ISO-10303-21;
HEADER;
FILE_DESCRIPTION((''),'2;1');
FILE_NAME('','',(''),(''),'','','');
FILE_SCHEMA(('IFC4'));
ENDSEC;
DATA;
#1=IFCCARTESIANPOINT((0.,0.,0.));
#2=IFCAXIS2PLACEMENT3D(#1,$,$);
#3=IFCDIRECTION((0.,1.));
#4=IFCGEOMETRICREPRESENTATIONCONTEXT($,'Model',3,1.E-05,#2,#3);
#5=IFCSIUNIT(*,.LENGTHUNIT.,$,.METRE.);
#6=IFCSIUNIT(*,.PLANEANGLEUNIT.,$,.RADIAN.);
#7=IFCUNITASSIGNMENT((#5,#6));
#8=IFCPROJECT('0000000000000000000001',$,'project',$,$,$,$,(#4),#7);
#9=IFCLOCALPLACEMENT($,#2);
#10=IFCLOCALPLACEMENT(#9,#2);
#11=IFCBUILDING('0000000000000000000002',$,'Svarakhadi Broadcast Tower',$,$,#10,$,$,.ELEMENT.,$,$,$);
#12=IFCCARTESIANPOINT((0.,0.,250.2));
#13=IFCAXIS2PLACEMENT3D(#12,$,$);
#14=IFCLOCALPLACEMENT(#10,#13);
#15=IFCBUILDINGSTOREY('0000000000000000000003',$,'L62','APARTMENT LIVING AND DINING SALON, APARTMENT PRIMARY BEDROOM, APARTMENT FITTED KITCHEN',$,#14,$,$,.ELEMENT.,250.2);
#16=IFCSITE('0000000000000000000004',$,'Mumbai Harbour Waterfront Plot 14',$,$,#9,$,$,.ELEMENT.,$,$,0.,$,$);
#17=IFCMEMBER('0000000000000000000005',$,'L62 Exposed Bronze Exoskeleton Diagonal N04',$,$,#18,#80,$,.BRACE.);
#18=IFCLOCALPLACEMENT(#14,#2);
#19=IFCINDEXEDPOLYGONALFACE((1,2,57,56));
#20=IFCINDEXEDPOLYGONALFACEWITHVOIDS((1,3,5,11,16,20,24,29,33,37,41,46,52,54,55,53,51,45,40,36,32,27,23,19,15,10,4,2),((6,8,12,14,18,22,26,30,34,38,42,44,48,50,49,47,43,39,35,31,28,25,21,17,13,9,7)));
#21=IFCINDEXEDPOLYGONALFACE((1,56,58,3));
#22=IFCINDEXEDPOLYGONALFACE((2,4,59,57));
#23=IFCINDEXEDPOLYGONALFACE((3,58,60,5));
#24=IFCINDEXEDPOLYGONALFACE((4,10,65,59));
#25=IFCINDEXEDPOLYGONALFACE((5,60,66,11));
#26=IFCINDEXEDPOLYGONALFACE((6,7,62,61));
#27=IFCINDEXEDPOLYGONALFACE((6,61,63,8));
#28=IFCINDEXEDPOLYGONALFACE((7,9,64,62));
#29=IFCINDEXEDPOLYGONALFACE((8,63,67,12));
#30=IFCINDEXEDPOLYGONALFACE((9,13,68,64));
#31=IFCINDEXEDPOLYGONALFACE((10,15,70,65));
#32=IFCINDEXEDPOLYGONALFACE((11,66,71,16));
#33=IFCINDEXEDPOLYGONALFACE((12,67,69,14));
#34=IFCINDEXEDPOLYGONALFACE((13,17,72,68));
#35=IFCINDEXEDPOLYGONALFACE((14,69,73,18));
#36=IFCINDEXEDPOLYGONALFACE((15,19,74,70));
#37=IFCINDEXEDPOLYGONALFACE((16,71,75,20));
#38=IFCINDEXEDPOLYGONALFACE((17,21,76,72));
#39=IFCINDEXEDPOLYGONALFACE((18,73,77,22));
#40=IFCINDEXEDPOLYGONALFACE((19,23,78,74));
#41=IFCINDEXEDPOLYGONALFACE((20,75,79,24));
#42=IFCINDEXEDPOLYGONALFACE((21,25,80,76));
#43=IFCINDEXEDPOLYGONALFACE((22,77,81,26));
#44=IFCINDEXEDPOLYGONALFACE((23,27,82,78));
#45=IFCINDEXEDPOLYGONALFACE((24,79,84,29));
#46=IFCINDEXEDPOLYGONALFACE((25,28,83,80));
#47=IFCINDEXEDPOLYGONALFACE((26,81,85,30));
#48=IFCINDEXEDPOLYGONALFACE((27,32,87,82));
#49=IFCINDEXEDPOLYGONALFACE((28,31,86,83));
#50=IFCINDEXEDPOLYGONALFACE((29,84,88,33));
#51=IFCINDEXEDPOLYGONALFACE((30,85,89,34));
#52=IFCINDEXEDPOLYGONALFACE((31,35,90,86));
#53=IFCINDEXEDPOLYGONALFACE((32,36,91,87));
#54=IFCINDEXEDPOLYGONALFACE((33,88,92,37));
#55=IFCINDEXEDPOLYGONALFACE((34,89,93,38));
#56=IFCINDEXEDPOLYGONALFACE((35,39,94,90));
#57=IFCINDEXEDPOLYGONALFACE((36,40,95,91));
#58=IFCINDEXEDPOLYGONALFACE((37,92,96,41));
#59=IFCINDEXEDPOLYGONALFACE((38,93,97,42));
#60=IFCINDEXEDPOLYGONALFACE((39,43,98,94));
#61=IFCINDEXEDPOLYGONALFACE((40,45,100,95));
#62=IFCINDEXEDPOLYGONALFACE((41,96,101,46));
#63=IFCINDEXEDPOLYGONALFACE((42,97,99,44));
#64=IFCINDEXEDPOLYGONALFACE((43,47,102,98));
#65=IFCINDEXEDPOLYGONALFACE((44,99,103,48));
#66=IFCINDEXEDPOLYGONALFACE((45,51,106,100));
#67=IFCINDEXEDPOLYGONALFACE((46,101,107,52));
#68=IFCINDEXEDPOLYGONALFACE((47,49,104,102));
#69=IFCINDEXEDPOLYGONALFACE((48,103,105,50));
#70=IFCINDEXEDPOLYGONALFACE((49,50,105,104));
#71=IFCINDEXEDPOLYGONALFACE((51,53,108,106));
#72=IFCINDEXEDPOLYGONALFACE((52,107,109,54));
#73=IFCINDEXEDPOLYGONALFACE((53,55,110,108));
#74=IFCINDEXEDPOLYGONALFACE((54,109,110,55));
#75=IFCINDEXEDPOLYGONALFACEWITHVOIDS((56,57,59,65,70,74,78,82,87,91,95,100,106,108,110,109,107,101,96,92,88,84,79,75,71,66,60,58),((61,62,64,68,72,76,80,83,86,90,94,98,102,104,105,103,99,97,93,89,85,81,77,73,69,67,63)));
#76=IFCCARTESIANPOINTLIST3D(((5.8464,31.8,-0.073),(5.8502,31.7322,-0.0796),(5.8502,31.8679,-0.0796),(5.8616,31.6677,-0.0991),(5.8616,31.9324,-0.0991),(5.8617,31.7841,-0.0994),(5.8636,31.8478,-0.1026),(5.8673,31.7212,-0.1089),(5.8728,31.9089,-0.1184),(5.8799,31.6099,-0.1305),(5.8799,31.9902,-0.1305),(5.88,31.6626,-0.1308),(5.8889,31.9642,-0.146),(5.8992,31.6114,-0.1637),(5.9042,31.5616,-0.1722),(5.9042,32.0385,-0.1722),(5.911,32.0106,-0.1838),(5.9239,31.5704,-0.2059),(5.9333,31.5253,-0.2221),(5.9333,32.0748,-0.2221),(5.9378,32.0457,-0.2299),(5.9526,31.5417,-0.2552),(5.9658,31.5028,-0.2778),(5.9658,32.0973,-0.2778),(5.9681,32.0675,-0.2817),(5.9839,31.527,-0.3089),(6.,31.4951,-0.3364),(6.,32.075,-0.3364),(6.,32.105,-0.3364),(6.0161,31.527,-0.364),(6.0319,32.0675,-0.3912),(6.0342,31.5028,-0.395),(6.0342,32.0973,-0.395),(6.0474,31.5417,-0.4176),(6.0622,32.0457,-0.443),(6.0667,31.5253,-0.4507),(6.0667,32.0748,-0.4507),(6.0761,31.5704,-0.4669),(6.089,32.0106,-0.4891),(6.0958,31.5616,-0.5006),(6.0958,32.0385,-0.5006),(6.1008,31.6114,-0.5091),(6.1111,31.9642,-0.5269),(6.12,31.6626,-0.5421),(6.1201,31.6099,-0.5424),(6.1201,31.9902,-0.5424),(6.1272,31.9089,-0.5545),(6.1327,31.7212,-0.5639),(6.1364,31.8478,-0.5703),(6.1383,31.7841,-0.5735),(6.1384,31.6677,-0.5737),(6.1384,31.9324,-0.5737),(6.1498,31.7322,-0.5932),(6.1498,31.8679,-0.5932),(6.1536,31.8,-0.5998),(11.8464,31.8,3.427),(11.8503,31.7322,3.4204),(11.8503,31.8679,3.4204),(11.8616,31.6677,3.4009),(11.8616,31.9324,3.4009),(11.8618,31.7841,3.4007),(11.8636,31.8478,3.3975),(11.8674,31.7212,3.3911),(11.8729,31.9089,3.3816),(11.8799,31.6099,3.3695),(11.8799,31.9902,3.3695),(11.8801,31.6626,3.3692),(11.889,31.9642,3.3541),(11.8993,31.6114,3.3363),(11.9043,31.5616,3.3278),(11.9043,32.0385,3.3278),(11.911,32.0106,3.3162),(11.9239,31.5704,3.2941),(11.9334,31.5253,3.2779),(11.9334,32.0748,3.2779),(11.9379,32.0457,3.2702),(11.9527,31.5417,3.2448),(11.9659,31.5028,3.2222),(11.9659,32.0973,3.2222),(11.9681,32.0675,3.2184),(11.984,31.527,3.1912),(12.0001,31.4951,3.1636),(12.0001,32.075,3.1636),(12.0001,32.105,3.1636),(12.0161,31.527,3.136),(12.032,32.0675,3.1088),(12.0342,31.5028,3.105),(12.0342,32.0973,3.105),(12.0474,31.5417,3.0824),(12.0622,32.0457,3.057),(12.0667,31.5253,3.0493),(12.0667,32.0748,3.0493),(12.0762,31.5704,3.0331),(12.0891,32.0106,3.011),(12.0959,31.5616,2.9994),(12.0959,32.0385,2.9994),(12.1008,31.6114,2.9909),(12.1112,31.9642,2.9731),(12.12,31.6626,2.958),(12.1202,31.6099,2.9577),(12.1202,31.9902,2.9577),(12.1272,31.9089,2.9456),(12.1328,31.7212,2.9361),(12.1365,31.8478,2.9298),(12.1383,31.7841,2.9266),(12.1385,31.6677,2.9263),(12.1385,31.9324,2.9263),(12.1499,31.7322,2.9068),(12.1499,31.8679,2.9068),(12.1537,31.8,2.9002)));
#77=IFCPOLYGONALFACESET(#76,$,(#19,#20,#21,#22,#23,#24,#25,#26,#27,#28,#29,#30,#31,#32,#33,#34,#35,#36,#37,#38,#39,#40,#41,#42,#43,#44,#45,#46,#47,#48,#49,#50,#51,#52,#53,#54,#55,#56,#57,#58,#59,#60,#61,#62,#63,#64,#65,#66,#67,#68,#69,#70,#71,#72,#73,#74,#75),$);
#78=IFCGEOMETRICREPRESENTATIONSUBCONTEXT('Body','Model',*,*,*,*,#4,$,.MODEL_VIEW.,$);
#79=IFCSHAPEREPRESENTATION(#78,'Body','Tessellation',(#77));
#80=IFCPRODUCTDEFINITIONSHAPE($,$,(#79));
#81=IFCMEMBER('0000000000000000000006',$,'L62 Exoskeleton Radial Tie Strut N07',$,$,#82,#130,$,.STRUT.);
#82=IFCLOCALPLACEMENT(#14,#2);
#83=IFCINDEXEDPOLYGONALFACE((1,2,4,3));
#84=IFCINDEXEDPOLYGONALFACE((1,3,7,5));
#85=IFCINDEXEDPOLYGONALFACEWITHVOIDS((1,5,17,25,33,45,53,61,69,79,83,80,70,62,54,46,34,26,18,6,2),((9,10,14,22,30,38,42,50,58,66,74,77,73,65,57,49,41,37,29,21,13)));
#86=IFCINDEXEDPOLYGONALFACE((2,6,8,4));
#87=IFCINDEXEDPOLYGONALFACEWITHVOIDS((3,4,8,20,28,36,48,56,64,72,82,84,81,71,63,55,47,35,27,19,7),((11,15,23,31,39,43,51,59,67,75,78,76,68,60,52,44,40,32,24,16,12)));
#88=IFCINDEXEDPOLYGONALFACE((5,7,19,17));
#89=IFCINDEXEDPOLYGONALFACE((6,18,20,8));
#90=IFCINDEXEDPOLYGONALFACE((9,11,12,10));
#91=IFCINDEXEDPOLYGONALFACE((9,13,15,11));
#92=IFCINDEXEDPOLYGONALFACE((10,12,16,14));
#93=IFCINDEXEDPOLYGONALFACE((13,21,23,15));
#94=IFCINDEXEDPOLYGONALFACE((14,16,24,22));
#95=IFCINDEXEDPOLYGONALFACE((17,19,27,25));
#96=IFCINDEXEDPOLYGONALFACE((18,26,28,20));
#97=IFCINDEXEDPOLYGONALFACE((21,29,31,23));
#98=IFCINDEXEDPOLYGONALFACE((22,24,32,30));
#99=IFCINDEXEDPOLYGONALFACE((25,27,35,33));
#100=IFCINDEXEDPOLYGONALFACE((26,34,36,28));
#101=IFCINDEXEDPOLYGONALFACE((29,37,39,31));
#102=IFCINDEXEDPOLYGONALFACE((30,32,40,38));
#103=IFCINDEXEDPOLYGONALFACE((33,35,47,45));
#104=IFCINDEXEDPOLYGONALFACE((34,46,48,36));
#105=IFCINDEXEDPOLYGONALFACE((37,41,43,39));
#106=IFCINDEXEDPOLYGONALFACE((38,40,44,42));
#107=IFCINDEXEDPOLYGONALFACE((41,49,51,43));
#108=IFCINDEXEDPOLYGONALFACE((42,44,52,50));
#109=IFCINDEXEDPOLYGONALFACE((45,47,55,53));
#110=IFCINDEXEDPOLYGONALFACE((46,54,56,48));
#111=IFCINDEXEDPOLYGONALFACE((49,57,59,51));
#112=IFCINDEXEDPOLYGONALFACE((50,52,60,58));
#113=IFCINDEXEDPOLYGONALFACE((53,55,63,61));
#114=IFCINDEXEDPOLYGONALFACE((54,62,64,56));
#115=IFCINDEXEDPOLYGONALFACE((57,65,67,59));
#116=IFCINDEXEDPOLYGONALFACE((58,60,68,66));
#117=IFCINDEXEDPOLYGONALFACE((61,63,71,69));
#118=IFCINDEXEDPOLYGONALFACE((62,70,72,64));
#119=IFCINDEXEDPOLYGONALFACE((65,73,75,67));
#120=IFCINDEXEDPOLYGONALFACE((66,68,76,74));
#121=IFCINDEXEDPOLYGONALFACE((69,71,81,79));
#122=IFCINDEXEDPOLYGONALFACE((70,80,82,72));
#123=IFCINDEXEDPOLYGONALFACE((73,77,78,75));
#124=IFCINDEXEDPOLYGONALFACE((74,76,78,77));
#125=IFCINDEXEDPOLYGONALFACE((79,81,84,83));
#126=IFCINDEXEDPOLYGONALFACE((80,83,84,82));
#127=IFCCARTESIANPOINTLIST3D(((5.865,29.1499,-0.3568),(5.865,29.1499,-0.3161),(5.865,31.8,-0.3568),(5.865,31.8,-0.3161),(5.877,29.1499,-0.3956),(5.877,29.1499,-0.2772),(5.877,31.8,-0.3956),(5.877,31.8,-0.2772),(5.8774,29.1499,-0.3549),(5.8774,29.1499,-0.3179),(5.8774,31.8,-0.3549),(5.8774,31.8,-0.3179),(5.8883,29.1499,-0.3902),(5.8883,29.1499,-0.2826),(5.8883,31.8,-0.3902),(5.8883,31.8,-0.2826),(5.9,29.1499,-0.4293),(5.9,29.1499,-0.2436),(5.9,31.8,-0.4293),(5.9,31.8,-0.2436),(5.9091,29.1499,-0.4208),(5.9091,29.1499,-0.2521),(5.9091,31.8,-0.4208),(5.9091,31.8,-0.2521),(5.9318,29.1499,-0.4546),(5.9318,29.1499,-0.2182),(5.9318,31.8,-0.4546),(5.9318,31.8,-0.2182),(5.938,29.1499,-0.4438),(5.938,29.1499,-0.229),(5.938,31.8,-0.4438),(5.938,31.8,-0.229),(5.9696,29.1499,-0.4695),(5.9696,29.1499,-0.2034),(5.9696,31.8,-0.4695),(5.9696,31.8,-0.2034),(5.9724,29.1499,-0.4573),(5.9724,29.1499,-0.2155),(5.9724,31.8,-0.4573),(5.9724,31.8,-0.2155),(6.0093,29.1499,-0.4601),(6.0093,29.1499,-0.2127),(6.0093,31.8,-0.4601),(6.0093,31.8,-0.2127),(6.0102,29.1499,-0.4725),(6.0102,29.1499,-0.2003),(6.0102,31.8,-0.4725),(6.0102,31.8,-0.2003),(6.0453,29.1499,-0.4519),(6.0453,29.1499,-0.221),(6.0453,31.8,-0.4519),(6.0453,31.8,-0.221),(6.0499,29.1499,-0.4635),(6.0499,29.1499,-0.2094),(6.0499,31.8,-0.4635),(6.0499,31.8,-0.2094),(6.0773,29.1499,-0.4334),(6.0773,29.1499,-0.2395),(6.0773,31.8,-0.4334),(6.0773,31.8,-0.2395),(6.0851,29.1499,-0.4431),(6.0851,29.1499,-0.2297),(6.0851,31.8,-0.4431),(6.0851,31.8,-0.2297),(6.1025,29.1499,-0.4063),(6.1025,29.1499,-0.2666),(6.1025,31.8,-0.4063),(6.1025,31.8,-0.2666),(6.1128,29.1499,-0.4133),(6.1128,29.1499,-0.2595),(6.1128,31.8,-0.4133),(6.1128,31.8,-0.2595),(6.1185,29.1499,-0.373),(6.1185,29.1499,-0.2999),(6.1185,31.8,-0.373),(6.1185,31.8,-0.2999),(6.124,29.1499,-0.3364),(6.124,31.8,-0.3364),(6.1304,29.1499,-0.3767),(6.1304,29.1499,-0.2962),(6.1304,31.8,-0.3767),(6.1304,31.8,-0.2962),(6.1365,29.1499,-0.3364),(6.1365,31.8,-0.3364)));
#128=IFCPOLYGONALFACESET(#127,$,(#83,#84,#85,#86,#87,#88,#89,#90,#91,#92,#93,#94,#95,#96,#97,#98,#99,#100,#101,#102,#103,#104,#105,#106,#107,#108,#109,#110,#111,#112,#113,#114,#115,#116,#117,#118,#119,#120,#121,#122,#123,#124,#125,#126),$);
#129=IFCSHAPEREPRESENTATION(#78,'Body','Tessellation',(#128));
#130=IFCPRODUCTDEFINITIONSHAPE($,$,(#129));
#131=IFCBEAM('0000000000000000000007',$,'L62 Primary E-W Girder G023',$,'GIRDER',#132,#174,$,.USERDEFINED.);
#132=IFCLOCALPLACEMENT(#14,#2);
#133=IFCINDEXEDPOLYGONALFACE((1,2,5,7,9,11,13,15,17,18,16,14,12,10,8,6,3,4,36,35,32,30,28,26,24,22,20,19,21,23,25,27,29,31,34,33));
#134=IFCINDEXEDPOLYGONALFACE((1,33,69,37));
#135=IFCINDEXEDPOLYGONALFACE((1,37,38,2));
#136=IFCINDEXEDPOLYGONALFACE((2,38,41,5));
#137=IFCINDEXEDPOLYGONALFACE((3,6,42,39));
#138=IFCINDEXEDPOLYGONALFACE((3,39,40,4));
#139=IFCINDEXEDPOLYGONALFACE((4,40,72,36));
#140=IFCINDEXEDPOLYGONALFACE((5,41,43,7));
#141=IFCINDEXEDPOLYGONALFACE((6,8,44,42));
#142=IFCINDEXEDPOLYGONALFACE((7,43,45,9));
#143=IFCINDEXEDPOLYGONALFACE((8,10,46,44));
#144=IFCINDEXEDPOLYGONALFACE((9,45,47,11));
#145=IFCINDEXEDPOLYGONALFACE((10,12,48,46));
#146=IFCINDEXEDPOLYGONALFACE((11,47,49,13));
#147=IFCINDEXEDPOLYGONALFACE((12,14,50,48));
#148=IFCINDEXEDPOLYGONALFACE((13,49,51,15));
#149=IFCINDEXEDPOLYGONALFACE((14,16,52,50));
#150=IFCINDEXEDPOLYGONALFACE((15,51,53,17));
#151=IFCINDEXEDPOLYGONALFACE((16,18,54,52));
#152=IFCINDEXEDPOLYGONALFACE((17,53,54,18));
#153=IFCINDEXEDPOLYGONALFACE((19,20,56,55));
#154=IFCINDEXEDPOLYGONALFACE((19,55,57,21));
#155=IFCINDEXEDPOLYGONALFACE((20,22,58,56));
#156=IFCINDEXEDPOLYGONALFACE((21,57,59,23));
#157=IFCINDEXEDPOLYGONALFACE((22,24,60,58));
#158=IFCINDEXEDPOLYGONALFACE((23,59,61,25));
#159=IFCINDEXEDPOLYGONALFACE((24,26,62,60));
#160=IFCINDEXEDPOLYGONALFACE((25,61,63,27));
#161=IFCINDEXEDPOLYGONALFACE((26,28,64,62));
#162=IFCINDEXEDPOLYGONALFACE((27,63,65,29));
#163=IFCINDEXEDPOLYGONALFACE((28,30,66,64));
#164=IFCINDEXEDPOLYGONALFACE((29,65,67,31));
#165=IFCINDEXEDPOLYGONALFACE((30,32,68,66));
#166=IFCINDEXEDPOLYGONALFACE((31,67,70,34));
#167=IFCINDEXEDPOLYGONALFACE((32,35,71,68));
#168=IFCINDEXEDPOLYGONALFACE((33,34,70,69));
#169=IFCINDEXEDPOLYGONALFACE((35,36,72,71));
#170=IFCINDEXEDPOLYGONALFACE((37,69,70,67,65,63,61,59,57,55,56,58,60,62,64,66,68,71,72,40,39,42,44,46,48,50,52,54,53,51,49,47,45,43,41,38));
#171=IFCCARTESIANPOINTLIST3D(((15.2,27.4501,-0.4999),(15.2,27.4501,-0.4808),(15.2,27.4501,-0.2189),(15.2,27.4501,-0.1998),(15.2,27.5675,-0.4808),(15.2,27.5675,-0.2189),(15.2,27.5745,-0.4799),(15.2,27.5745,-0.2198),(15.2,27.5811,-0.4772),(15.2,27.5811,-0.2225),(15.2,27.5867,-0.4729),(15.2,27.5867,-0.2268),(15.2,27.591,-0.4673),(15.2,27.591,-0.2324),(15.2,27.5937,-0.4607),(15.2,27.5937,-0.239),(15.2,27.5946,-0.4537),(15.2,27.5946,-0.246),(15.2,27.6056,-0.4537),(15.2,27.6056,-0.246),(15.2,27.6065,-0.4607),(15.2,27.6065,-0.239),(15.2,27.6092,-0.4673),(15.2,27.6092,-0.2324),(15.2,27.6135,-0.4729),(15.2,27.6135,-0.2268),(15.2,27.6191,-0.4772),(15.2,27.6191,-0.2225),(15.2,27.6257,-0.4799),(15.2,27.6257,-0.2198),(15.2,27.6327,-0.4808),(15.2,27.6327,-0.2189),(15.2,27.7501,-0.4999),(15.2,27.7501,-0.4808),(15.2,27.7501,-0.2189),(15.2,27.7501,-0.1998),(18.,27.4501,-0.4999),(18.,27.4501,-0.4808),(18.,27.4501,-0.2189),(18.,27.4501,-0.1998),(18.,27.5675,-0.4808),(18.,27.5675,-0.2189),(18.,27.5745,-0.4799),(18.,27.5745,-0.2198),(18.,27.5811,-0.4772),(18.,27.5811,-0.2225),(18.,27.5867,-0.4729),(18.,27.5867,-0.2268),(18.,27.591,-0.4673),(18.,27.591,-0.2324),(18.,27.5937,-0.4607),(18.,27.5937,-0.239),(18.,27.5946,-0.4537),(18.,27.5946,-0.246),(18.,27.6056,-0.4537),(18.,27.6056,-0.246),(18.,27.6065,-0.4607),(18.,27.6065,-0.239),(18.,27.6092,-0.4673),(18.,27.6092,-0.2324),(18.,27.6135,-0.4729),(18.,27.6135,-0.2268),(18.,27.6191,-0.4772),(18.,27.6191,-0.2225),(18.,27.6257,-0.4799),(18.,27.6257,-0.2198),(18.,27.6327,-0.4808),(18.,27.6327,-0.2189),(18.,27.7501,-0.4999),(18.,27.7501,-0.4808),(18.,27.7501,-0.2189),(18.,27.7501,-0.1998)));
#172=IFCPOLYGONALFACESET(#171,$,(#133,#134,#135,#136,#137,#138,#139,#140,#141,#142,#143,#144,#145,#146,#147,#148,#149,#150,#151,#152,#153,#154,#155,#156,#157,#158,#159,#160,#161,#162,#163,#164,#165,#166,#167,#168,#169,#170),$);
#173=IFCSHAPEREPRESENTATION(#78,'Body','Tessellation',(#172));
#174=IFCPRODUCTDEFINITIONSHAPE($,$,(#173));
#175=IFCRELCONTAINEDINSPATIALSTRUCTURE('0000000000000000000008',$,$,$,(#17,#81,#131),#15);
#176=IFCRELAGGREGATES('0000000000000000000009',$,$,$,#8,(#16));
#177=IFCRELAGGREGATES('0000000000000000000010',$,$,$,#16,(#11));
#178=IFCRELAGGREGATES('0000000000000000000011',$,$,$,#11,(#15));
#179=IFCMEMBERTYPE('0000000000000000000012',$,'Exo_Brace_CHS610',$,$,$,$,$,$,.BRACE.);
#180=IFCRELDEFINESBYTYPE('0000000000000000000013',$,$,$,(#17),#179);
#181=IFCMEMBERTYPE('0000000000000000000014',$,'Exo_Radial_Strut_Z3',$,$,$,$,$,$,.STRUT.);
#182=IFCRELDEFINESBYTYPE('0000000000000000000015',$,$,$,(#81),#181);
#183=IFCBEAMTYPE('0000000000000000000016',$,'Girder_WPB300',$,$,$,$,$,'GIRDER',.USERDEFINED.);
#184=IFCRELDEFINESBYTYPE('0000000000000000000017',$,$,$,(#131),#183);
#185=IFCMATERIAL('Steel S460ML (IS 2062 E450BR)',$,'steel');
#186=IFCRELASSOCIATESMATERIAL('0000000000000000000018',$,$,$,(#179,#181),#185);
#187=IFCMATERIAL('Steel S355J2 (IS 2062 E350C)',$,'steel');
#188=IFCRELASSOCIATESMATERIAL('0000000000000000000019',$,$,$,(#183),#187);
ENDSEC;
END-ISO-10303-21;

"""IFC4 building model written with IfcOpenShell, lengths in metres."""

from ifc_helpers import new_model, si_unit, direction, frame, origin, origin_2d, place, context, subcontext, project, spatial, hollow_circle, i_section, extrude, material, material_profile, profile_set, type_object, element, save


model = new_model("IFC4")

# Units and contexts
model_context = context("Model", 3, precision=1e-05, world=origin(), true_north=direction((0.0, 1.0)))
body_context = subcontext(model_context, "Body", "Model", "MODEL_VIEW")
ifc_project = project(units=[si_unit("LENGTHUNIT", "METRE"), si_unit("PLANEANGLEUNIT", "RADIAN")], contexts=[model_context])

# Site, building, storey
site_placement = place(None, origin())
site = spatial("IfcSite", under=ifc_project, at=site_placement, Name="Mumbai Harbour Waterfront Plot 14", CompositionType="ELEMENT", RefElevation=0.0)
building_placement = place(site_placement, origin())
building = spatial("IfcBuilding", under=site, at=building_placement, Name="Svarakhadi Broadcast Tower", CompositionType="ELEMENT")
storey_placement = place(building_placement, frame((0.0, 0.0, 250.2)))
storey = spatial("IfcBuildingStorey", under=building, at=storey_placement, Name="L62", Description="APARTMENT LIVING AND DINING SALON, APARTMENT PRIMARY BEDROOM, APARTMENT FITTED KITCHEN", CompositionType="ELEMENT", Elevation=250.2)

# Shared definitions
ifc_material_1 = material(Name="Steel S460ML (IS 2062 E450BR)", Category="steel")

# Members
ifc_material_profile_1 = material_profile(ifc_material_1, hollow_circle(Radius=0.3049, WallThickness=0.03, at=origin_2d()), Name="CHS 610x30")
ifc_profile_set_1 = profile_set([ifc_material_profile_1], Name="Steel S460ML (IS 2062 E450BR)")
member_type_1 = type_object("IfcMemberType", Name="Exo_Brace_CHS610", PredefinedType="BRACE", material=ifc_profile_set_1)
member_1_placement = place(storey_placement, frame((6.0, 31.8, -0.3364), z_axis=(0.863779, 0.0, 0.503871), x_axis=(0.0, 1.0, 0.0)))
element("IfcMember", 1, at=member_1_placement, inside=storey, type_object=member_type_1, Name="L62 Exposed Bronze Exoskeleton Diagonal N04", PredefinedType="BRACE", context=body_context, shape_type="SweptSolid", body=[
    extrude(hollow_circle(Radius=0.3049, WallThickness=0.03, at=origin_2d()), origin(), (0.0, 0.0, 1.0), 6.9463),
])
ifc_material_profile_2 = material_profile(ifc_material_1, hollow_circle(Radius=0.1365, WallThickness=0.0125, at=origin_2d()), Name="CHS 273x12.5")
ifc_profile_set_2 = profile_set([ifc_material_profile_2], Name="Steel S460ML (IS 2062 E450BR)")
member_type_2 = type_object("IfcMemberType", Name="Exo_Radial_Strut_Z3", PredefinedType="STRUT", material=ifc_profile_set_2)
member_2_placement = place(storey_placement, frame((6.0, 31.8, -0.3364), z_axis=(0.0, -1.0, 0.0), x_axis=(1.0, 0.0, 0.0)))
element("IfcMember", 2, at=member_2_placement, inside=storey, type_object=member_type_2, Name="L62 Exoskeleton Radial Tie Strut N07", PredefinedType="STRUT", context=body_context, shape_type="SweptSolid", body=[
    extrude(hollow_circle(Radius=0.1365, WallThickness=0.0125, at=origin_2d()), origin(), (0.0, 0.0, 1.0), 2.6501),
])

# Beam
ifc_material_2 = material(Name="Steel S355J2 (IS 2062 E350C)", Category="steel")
ifc_material_profile_3 = material_profile(ifc_material_2, i_section(OverallWidth=0.3, OverallDepth=0.3, WebThickness=0.011, FlangeThickness=0.019, FilletRadius=0.0271, at=origin_2d()), Name="WPB 300x300x117")
ifc_profile_set_3 = profile_set([ifc_material_profile_3], Name="Steel S355J2 (IS 2062 E350C)")
beam_type = type_object("IfcBeamType", Name="Girder_WPB300", ElementType="GIRDER", PredefinedType="USERDEFINED", material=ifc_profile_set_3)
beam_1_placement = place(storey_placement, frame((15.2, 27.6001, -0.3499), z_axis=(1.0, 0.0, 0.0), x_axis=(0.0, 1.0, 0.0)))
element("IfcBeam", 3, at=beam_1_placement, inside=storey, type_object=beam_type, Name="L62 Primary E-W Girder G023", ObjectType="GIRDER", PredefinedType="USERDEFINED", context=body_context, shape_type="SweptSolid", body=[
    extrude(i_section(OverallWidth=0.3, OverallDepth=0.3, WebThickness=0.011, FlangeThickness=0.019, FilletRadius=0.0271, at=origin_2d()), origin(), (0.0, 0.0, 1.0), 2.8),
])

save(model, "model.ifc")
